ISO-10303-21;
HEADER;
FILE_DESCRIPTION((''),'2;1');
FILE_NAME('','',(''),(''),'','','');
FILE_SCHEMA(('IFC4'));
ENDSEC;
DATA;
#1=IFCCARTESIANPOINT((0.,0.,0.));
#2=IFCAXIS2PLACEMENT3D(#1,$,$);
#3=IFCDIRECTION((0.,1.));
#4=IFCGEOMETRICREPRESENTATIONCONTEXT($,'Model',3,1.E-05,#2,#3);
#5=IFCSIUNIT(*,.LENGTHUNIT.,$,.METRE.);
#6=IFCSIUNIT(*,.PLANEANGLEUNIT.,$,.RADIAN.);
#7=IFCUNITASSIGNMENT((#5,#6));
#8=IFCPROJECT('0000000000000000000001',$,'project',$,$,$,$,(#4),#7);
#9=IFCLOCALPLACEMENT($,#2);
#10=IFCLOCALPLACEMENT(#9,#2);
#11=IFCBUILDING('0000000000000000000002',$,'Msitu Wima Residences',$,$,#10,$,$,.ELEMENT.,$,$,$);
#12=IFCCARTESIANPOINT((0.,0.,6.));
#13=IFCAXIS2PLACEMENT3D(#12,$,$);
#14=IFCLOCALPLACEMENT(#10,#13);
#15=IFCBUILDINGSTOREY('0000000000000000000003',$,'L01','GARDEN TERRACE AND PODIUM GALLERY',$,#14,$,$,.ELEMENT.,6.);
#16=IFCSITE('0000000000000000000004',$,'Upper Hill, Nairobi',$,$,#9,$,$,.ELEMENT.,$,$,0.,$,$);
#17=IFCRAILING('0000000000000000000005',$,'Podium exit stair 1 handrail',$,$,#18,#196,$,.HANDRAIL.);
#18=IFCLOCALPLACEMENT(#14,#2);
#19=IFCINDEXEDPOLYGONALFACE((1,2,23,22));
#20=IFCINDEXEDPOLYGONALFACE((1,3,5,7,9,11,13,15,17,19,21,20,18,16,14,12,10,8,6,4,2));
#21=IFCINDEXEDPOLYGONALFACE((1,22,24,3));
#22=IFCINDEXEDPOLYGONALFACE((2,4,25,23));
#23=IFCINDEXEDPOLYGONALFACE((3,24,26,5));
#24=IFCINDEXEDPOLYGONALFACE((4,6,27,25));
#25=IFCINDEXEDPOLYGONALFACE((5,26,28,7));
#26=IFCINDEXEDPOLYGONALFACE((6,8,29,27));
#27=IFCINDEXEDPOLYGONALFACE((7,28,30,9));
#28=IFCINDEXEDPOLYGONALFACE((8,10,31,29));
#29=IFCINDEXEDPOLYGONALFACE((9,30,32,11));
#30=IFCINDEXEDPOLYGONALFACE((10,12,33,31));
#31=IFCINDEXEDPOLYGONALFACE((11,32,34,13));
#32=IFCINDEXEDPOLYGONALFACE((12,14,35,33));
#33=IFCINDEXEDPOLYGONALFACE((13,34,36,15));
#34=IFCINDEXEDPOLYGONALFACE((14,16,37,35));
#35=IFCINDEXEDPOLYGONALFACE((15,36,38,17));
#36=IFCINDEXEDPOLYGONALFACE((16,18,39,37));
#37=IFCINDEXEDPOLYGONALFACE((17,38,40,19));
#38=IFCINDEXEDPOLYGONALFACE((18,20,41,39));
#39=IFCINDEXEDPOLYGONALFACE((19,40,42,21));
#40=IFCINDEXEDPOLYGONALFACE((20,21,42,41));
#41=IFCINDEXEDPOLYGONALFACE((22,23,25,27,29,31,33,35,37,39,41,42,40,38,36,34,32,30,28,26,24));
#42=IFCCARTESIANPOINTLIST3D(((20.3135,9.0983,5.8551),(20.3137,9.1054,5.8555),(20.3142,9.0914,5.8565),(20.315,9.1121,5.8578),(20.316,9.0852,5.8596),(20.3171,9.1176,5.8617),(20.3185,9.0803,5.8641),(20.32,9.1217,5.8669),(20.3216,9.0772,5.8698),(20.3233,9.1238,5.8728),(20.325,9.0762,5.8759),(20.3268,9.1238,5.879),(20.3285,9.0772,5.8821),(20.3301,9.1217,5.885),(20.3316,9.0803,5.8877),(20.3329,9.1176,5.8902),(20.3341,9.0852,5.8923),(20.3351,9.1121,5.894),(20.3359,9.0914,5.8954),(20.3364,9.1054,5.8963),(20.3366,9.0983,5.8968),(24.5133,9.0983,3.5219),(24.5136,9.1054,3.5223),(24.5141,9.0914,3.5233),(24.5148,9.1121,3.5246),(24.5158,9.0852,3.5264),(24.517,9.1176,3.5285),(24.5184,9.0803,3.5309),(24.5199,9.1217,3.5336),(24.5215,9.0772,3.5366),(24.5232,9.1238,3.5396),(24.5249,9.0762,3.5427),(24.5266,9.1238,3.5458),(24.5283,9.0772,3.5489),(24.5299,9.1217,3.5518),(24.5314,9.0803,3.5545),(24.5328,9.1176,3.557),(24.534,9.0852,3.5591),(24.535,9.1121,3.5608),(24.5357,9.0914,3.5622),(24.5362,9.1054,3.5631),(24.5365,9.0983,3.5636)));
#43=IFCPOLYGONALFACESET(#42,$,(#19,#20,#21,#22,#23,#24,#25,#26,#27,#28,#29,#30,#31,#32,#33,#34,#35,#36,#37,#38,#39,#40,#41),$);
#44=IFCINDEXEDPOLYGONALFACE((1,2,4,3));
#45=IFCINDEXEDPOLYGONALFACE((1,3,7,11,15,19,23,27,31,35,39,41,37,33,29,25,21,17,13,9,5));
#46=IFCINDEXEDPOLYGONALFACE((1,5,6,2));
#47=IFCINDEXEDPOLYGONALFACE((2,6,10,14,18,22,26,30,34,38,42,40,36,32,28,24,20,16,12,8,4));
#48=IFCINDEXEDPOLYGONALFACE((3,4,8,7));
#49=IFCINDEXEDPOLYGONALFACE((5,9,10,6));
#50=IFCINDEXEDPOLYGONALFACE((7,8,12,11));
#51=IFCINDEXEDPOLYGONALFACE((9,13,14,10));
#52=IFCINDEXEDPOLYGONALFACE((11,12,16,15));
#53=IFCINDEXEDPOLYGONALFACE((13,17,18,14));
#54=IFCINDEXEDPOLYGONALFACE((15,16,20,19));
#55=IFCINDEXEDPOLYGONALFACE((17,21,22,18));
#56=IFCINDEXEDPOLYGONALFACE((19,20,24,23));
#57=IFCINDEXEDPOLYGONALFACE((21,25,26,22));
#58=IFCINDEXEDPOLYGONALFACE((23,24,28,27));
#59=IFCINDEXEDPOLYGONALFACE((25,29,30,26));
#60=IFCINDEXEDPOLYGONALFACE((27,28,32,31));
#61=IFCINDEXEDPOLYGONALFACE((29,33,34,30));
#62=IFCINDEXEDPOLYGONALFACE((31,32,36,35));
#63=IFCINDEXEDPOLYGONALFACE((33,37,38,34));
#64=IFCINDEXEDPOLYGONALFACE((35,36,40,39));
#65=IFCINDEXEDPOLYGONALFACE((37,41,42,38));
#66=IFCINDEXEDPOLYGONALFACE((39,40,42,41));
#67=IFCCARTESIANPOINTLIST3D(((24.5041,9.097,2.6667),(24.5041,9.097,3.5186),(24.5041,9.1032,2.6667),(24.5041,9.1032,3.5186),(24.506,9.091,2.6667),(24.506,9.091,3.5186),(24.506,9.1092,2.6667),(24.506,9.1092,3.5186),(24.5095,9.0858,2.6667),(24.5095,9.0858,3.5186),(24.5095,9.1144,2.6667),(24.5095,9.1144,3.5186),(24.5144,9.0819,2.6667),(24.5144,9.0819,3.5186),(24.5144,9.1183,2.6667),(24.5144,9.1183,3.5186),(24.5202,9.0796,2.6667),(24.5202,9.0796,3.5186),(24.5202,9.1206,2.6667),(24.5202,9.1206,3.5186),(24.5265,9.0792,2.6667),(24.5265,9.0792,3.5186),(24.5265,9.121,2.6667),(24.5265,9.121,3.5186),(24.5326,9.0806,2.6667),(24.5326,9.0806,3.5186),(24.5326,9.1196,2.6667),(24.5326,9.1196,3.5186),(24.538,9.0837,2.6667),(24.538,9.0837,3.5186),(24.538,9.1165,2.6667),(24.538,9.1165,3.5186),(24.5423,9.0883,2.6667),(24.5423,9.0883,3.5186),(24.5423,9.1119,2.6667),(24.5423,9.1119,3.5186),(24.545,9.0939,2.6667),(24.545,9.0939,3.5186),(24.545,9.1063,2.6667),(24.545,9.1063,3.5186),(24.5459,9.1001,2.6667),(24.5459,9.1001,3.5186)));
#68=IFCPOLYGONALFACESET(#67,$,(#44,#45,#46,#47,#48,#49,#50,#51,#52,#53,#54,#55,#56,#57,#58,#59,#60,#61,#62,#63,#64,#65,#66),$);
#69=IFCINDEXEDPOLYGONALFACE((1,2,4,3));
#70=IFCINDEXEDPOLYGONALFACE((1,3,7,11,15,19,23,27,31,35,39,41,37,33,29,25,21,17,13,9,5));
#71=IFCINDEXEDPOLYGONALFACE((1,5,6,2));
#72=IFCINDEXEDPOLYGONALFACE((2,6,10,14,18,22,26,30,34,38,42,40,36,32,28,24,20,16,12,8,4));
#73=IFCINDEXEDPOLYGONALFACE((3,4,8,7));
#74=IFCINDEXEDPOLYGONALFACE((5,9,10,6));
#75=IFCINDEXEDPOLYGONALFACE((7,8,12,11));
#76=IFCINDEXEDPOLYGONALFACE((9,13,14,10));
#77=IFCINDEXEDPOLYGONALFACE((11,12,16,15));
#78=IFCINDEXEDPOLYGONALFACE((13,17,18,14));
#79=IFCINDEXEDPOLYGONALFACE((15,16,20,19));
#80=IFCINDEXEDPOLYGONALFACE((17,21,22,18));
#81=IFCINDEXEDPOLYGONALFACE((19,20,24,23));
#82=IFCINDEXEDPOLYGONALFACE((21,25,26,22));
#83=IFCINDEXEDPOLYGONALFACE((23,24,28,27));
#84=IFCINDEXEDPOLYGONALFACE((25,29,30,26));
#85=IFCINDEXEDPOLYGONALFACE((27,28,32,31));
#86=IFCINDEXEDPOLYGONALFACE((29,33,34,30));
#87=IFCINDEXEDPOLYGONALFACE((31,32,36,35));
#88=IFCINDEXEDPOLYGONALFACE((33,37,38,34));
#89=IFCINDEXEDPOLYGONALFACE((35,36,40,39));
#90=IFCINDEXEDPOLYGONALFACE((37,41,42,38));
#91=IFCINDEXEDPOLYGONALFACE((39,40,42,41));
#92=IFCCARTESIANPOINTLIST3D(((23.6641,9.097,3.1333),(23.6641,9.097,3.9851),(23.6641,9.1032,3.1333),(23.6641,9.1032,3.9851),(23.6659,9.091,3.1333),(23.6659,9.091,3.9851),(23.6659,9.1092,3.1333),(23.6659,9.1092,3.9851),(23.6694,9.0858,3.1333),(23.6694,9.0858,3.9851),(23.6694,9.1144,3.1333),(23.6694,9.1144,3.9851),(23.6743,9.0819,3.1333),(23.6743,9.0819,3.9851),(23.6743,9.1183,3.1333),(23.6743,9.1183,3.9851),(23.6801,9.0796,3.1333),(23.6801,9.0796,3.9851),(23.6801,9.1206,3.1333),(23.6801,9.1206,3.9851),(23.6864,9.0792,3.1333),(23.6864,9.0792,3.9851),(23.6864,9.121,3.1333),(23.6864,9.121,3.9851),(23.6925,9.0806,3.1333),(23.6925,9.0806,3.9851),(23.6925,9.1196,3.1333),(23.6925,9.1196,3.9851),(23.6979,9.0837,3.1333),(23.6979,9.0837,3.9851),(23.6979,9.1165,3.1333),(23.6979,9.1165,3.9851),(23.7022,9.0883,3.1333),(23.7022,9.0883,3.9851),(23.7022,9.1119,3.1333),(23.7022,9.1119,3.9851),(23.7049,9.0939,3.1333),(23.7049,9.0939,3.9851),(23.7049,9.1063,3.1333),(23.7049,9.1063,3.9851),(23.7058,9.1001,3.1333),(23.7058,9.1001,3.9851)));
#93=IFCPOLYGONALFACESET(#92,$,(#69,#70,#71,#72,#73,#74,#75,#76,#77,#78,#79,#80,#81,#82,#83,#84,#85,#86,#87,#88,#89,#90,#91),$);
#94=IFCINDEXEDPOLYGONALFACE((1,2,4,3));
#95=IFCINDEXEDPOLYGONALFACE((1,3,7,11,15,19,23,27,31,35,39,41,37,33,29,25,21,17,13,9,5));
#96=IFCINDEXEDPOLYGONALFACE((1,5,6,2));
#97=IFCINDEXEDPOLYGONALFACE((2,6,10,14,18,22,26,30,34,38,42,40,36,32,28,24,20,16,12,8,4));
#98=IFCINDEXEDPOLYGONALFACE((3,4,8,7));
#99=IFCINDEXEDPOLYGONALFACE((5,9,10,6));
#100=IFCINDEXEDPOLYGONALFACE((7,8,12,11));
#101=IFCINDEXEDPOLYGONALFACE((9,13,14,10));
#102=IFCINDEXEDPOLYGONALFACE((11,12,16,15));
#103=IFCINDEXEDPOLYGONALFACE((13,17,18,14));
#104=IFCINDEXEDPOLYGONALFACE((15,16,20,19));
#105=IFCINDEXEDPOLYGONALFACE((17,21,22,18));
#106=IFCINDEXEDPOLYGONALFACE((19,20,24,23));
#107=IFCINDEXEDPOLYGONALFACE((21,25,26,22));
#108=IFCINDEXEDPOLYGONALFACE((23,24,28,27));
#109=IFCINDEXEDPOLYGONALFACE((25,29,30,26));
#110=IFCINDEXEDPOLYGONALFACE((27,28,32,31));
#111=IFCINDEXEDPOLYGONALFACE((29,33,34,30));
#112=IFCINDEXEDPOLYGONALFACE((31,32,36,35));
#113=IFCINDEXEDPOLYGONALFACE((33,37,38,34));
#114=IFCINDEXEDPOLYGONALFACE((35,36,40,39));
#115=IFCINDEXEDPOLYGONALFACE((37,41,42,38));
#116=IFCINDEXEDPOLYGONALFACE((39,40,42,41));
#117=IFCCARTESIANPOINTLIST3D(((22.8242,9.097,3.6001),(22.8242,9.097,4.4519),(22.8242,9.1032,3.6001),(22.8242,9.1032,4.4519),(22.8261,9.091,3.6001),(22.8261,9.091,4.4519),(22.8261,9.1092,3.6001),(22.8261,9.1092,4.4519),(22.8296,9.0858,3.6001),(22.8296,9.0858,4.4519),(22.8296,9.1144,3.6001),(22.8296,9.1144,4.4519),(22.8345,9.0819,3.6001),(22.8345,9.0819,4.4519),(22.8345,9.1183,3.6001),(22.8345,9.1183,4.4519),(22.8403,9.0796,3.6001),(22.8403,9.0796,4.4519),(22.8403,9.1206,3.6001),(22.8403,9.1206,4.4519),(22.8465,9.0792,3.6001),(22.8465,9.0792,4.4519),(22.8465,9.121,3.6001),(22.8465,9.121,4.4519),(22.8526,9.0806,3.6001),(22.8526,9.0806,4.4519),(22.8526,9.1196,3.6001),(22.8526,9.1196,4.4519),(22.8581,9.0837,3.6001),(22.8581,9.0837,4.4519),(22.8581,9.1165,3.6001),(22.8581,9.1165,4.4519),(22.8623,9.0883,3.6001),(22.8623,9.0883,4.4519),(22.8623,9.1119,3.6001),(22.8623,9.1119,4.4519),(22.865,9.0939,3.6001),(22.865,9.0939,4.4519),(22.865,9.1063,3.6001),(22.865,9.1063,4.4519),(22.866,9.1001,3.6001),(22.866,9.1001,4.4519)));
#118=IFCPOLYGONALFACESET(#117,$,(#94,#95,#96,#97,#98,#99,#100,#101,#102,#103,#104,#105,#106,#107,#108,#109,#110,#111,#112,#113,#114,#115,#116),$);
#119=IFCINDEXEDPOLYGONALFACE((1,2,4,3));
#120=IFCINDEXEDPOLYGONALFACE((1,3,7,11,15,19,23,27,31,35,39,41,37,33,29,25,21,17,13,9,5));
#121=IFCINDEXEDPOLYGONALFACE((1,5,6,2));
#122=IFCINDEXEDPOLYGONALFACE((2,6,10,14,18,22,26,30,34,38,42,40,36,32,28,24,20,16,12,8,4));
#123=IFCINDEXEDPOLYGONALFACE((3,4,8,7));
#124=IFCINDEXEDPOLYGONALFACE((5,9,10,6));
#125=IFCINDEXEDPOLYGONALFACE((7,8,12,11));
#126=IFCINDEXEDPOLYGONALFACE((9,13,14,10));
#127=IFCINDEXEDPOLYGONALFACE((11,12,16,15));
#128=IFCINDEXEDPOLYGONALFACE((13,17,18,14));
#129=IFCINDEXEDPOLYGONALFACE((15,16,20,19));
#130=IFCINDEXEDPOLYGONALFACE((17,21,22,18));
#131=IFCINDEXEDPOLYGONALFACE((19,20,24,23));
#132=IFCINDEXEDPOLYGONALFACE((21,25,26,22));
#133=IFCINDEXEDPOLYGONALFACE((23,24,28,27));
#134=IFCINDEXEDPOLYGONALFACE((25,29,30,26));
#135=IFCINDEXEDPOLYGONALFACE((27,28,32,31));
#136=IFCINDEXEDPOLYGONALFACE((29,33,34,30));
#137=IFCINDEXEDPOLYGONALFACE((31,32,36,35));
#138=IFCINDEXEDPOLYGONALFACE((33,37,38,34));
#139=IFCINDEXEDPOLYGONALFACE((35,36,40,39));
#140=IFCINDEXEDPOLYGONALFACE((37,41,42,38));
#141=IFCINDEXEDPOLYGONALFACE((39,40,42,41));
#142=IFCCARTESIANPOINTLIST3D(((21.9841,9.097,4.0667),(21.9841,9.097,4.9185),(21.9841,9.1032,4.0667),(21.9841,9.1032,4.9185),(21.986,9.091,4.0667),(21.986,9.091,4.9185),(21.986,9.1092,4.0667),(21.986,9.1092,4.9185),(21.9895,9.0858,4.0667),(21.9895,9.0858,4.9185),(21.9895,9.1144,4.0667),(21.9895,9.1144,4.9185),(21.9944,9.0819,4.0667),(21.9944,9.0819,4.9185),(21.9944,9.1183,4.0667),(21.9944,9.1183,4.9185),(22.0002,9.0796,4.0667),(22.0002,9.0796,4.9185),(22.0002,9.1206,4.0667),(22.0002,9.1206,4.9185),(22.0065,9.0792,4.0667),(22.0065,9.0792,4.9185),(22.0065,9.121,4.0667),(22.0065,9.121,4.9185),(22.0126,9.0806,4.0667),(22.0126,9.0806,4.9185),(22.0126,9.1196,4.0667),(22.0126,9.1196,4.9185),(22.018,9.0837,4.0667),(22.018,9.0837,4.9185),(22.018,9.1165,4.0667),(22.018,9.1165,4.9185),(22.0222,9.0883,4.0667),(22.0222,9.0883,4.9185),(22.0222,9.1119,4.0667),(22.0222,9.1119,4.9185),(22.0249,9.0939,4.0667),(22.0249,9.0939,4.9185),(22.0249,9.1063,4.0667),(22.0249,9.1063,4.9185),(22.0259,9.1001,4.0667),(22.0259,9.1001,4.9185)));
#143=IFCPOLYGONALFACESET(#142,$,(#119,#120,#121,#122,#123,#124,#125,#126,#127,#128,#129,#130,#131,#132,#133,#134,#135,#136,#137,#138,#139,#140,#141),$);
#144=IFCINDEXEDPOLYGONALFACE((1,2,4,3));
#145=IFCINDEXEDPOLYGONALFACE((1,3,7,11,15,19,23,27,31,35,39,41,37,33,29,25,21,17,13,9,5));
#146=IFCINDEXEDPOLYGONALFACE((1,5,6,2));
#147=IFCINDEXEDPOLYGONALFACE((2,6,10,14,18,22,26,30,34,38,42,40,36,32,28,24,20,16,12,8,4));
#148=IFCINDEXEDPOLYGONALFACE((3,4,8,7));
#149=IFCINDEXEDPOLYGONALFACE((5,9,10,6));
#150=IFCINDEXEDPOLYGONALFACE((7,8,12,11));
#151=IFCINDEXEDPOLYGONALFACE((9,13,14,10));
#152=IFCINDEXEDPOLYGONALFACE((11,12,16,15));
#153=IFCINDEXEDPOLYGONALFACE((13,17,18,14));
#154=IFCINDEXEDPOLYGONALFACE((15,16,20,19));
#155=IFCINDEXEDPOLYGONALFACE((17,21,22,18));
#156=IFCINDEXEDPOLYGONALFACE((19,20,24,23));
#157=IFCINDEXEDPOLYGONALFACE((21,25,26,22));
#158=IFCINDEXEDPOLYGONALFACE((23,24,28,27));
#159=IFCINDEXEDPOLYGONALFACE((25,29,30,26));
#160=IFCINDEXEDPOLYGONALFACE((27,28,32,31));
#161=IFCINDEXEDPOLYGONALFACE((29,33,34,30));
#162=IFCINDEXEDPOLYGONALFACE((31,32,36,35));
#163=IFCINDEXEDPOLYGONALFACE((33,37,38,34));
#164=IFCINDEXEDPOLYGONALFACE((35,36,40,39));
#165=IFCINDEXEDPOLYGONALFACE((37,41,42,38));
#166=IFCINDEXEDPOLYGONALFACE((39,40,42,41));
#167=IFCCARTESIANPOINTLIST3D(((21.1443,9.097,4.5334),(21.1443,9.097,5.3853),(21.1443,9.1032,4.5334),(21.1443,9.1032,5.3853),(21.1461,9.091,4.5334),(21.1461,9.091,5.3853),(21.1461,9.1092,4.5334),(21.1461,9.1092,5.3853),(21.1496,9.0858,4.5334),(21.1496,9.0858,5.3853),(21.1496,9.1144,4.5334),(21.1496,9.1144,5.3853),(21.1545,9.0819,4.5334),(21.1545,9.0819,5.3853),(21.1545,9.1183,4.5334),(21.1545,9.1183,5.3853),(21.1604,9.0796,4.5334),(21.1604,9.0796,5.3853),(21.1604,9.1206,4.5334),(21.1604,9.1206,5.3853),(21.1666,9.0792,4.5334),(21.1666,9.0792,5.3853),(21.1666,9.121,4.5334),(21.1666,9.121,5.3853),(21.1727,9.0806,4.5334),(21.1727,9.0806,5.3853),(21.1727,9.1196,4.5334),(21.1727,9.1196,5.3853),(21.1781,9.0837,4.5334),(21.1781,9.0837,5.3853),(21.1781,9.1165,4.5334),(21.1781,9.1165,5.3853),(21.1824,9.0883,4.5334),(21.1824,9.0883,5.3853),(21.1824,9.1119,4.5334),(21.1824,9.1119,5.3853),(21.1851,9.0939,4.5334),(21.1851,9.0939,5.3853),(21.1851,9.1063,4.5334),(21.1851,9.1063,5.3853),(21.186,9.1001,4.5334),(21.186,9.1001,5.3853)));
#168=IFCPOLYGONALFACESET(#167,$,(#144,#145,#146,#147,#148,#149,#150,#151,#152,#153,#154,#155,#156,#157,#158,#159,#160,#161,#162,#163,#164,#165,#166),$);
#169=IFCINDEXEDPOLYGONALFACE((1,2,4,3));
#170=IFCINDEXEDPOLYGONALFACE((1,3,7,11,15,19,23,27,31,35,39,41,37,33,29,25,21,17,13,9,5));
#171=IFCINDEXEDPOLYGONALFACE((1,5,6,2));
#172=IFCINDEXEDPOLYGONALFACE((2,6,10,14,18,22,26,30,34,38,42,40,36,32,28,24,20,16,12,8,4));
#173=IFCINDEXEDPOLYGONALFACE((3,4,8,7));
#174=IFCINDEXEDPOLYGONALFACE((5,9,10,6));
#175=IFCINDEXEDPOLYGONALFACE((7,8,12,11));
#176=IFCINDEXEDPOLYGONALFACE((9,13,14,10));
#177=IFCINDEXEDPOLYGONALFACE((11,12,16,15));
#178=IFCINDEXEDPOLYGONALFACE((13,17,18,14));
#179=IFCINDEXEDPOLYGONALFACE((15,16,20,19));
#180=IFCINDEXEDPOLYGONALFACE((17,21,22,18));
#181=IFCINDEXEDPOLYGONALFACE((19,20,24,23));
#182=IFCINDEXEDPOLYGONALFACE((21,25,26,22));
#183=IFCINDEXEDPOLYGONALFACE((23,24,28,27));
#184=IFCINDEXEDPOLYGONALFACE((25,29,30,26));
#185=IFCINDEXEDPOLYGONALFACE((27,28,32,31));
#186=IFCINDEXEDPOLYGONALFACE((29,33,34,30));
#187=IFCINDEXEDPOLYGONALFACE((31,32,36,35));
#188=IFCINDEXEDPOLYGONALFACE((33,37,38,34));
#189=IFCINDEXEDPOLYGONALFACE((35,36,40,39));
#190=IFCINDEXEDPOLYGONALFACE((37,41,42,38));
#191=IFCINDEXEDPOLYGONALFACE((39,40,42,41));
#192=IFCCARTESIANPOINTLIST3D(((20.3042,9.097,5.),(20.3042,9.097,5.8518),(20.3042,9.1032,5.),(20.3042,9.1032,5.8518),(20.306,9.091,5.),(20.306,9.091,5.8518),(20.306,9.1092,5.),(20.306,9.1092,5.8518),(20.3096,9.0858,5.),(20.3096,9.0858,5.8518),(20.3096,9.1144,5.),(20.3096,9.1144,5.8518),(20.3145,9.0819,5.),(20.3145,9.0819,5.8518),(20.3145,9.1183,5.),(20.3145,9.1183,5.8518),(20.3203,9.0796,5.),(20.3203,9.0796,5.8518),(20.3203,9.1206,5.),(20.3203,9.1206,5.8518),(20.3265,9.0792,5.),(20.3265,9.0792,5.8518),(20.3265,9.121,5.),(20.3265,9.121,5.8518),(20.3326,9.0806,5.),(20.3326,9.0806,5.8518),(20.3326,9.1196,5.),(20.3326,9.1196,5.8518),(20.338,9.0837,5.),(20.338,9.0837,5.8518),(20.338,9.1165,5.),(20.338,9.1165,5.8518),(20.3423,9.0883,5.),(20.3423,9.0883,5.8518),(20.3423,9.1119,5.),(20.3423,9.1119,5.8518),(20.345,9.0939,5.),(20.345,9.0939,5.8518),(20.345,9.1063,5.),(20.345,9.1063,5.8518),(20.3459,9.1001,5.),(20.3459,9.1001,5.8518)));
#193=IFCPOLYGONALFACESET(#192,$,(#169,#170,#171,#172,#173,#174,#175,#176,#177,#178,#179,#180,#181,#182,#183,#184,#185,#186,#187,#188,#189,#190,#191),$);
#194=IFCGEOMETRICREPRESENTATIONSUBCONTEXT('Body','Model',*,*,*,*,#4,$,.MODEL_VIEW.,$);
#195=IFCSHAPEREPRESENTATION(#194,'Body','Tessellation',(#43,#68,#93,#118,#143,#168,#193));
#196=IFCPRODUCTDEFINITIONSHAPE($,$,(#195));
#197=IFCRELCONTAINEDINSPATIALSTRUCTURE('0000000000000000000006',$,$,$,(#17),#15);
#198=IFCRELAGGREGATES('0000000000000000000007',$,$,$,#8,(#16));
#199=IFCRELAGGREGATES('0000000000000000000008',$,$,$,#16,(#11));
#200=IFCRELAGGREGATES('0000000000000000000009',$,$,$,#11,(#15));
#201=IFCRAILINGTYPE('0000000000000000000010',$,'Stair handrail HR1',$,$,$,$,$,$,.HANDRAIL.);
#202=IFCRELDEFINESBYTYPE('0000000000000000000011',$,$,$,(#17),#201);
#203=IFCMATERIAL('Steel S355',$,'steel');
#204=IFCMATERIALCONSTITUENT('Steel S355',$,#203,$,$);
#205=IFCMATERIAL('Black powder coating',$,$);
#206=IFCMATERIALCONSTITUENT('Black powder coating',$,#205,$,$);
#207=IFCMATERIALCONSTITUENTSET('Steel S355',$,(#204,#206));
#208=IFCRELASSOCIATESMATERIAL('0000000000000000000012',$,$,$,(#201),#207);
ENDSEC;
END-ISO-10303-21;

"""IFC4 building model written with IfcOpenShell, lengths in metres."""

from ifc_helpers import new_model, si_unit, direction, frame, origin, origin_2d, place, context, subcontext, project, spatial, circle, extrude, material, constituent, constituent_set, type_object, element, save


model = new_model("IFC4")

# Units and contexts
model_context = context("Model", 3, precision=1e-05, world=origin(), true_north=direction((0.0, 1.0)))
body_context = subcontext(model_context, "Body", "Model", "MODEL_VIEW")
ifc_project = project(units=[si_unit("LENGTHUNIT", "METRE"), si_unit("PLANEANGLEUNIT", "RADIAN")], contexts=[model_context])

# Site, building, storey
site_placement = place(None, origin())
site = spatial("IfcSite", under=ifc_project, at=site_placement, Name="Upper Hill, Nairobi", CompositionType="ELEMENT", RefElevation=0.0)
building_placement = place(site_placement, origin())
building = spatial("IfcBuilding", under=site, at=building_placement, Name="Msitu Wima Residences", CompositionType="ELEMENT")
storey_placement = place(building_placement, frame((0.0, 0.0, 6.0)))
storey = spatial("IfcBuildingStorey", under=building, at=storey_placement, Name="L01", Description="GARDEN TERRACE AND PODIUM GALLERY", CompositionType="ELEMENT", Elevation=6.0)

# Railing
ifc_material_1 = material(Name="Steel S355", Category="steel")
ifc_constituent_1 = constituent(ifc_material_1, Name="Steel S355")
ifc_material_2 = material(Name="Black powder coating")
ifc_constituent_2 = constituent(ifc_material_2, Name="Black powder coating")
ifc_constituent_set = constituent_set(constituents=[ifc_constituent_1, ifc_constituent_2], Name="Steel S355")
railing_type = type_object("IfcRailingType", Name="Stair handrail HR1", PredefinedType="HANDRAIL", material=ifc_constituent_set)
for number, where, name in (
    (1, (24.5249, 9.1001, 2.6667), "Podium exit stair 1 handrail"),
):
    element("IfcRailing", number, at=place(storey_placement, frame(where)), inside=storey, type_object=railing_type, Name=name, PredefinedType="HANDRAIL", context=body_context, shape_type="SweptSolid", body=[
        extrude(circle(Radius=0.0239, at=origin_2d()), frame((0.0, 0.0, 0.876), z_axis=(-0.874162, 0.0, 0.485634), x_axis=(0.0, -1.0, 0.0)), (0.0, 0.0, 1.0), 4.8044),
        extrude(circle(Radius=0.021, at=origin_2d()), origin(), (0.0, 0.0, 1.0), 0.8518),
        extrude(circle(Radius=0.021, at=origin_2d()), frame((-0.8401, 0.0, 0.4666)), (0.0, 0.0, 1.0), 0.8518),
        extrude(circle(Radius=0.021, at=origin_2d()), frame((-1.6799, 0.0, 0.9333)), (0.0, 0.0, 1.0), 0.8518),
        extrude(circle(Radius=0.021, at=origin_2d()), frame((-2.52, 0.0, 1.3999)), (0.0, 0.0, 1.0), 0.8518),
        extrude(circle(Radius=0.021, at=origin_2d()), frame((-3.3599, 0.0, 1.8667)), (0.0, 0.0, 1.0), 0.8518),
        extrude(circle(Radius=0.021, at=origin_2d()), frame((-4.2, 0.0, 2.3333)), (0.0, 0.0, 1.0), 0.8518),
    ])

save(model, "model.ifc")
